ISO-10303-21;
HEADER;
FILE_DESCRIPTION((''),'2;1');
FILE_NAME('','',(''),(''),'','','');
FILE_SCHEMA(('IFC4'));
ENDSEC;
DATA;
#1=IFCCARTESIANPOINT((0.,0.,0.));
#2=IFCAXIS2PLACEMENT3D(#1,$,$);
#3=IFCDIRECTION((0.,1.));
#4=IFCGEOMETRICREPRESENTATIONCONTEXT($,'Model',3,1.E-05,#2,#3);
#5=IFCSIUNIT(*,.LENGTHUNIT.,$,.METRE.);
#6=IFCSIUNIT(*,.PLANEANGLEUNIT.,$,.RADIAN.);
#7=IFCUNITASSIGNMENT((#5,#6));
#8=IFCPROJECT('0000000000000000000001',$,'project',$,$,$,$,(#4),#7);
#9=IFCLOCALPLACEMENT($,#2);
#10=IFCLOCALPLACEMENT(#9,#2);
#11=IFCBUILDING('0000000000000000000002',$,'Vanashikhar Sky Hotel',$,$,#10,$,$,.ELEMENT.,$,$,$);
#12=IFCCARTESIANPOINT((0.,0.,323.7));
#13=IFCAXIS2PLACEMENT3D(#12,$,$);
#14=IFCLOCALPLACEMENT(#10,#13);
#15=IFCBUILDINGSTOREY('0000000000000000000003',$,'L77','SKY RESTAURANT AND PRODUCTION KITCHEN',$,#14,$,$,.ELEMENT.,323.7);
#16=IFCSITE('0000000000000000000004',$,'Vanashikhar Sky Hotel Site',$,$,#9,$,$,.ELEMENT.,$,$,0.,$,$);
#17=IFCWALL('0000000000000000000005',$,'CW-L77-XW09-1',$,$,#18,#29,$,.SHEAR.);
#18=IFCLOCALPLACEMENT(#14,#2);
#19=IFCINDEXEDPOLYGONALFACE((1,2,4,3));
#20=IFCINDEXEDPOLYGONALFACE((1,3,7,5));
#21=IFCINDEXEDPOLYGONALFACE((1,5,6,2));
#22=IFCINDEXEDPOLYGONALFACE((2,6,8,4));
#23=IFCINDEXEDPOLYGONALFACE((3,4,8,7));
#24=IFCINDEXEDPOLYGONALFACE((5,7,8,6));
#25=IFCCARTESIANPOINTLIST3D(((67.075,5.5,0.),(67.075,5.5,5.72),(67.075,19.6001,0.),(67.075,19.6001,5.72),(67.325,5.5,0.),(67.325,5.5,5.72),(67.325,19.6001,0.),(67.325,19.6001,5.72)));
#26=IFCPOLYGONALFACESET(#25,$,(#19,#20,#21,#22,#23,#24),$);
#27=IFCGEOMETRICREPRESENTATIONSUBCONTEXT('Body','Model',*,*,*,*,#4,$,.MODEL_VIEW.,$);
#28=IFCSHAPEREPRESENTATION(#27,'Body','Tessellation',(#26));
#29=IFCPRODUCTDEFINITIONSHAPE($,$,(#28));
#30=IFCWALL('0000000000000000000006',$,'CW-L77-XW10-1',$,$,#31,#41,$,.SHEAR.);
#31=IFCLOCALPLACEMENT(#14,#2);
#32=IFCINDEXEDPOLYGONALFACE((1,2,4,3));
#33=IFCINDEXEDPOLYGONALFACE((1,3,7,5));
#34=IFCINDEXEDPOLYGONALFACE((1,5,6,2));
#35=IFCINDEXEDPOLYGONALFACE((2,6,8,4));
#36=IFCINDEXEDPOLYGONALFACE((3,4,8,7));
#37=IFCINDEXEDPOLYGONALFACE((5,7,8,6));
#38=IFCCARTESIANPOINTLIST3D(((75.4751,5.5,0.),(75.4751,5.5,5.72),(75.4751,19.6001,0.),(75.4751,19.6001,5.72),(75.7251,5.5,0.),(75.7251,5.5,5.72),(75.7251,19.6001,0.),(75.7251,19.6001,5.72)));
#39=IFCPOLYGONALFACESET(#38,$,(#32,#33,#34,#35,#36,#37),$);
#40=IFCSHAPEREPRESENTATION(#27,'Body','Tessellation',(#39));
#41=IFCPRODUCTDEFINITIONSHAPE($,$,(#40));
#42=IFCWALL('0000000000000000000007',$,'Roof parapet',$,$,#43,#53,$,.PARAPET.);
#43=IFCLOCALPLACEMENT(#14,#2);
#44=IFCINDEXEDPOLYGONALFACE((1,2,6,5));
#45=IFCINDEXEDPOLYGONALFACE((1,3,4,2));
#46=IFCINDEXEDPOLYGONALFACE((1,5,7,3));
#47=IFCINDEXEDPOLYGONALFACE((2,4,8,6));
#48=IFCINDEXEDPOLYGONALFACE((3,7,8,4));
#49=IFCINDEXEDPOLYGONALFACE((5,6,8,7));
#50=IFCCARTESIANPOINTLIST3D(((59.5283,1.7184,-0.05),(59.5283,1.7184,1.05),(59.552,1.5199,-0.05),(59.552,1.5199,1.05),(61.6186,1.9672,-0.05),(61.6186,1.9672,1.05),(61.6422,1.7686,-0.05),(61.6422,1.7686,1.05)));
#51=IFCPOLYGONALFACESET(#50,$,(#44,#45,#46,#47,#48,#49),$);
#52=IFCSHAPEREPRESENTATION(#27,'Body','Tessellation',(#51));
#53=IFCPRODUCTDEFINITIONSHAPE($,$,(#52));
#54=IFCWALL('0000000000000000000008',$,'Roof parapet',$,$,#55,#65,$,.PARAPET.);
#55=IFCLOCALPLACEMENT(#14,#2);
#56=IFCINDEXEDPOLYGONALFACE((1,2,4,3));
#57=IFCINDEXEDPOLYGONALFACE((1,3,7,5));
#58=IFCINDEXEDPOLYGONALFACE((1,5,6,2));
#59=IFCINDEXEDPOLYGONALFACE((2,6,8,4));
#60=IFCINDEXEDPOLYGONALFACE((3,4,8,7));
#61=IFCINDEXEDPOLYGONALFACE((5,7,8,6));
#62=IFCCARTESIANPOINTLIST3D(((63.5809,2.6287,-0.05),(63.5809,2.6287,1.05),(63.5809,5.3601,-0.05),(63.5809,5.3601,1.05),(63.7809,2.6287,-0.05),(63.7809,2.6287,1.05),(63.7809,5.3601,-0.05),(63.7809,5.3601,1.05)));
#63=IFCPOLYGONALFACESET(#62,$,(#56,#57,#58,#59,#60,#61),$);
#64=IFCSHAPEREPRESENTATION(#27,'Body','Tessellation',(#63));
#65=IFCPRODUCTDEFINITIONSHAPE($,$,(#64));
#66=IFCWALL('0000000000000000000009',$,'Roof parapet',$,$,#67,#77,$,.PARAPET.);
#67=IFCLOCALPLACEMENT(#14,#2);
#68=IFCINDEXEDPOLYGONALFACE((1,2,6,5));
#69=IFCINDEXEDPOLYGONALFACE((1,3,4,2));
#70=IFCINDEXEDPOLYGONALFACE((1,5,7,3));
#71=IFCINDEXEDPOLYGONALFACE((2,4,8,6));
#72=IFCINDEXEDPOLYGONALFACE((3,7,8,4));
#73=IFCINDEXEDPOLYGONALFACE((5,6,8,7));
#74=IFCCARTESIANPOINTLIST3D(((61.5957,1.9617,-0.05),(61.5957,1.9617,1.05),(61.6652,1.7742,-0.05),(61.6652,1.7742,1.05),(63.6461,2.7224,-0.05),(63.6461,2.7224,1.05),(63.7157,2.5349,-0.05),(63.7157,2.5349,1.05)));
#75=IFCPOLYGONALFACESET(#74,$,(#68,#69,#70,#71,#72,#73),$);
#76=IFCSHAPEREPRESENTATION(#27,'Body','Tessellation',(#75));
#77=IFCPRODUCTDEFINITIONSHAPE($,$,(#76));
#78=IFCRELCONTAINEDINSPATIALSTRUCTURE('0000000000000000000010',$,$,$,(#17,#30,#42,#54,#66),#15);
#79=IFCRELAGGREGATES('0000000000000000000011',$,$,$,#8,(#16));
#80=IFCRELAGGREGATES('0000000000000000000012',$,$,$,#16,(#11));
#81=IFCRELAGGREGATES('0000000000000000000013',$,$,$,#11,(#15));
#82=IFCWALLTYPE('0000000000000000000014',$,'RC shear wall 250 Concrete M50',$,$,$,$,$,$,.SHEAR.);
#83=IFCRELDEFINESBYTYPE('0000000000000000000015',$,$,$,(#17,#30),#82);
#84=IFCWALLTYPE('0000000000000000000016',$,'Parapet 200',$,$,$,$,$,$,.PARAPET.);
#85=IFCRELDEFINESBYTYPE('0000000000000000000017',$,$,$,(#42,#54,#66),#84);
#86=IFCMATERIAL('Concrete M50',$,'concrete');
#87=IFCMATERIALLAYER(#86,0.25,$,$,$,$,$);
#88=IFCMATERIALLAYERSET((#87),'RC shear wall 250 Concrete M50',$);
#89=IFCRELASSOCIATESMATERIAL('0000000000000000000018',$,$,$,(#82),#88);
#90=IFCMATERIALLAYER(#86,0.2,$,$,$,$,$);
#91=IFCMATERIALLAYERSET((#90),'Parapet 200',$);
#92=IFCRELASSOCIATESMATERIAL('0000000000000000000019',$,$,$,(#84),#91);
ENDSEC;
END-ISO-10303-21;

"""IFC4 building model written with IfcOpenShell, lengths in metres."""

from ifc_helpers import new_model, si_unit, direction, frame, frame_2d, origin, place, context, subcontext, project, spatial, rectangle, extrude, source, transform, mapped, material, layer, layer_set, type_object, element, save


model = new_model("IFC4")

# Units and contexts
model_context = context("Model", 3, precision=1e-05, world=origin(), true_north=direction((0.0, 1.0)))
body_context = subcontext(model_context, "Body", "Model", "MODEL_VIEW")
ifc_project = project(units=[si_unit("LENGTHUNIT", "METRE"), si_unit("PLANEANGLEUNIT", "RADIAN")], contexts=[model_context])

# Site, building, storey
site_placement = place(None, origin())
site = spatial("IfcSite", under=ifc_project, at=site_placement, Name="Vanashikhar Sky Hotel Site", CompositionType="ELEMENT", RefElevation=0.0)
building_placement = place(site_placement, origin())
building = spatial("IfcBuilding", under=site, at=building_placement, Name="Vanashikhar Sky Hotel", CompositionType="ELEMENT")
storey_placement = place(building_placement, frame((0.0, 0.0, 323.7)))
storey = spatial("IfcBuildingStorey", under=building, at=storey_placement, Name="L77", Description="SKY RESTAURANT AND PRODUCTION KITCHEN", CompositionType="ELEMENT", Elevation=323.7)

# Shared definitions
ifc_material_1 = material(Name="Concrete M50", Category="concrete")

# Walls
ifc_layer_1 = layer(ifc_material_1, 0.25)
ifc_layer_set_1 = layer_set([ifc_layer_1], Name="RC shear wall 250 Concrete M50")
wall_type_1 = type_object("IfcWallType", Name="RC shear wall 250 Concrete M50", PredefinedType="SHEAR", material=ifc_layer_set_1)
shared_shape_1 = source(origin(), body_context, "Body", "SweptSolid", [
    extrude(rectangle(XDim=14.1001, YDim=0.25, at=frame_2d((7.05, 0.0))), origin(), (0.0, 0.0, 1.0), 5.72),
])
for number, where, z_axis, x_axis, name in (
    (1, (67.2, 5.5, 0.0), (0.0, 0.0, 1.0), (0.0, 1.0, 0.0), "CW-L77-XW09-1"),
    (2, (75.6001, 5.5, 0.0), (0.0, 0.0, 1.0), (0.0, 1.0, 0.0), "CW-L77-XW10-1"),
):
    element("IfcWall", number, at=place(storey_placement, frame(where, z_axis=z_axis, x_axis=x_axis)), inside=storey, type_object=wall_type_1, Name=name, PredefinedType="SHEAR", context=body_context, shape_type="MappedRepresentation", body=[
        mapped(shared_shape_1, transform((0.0, 0.0, 0.0), scale=1.0)),
    ])
ifc_layer_2 = layer(ifc_material_1, 0.2)
ifc_layer_set_2 = layer_set([ifc_layer_2], Name="Parapet 200")
wall_type_2 = type_object("IfcWallType", Name="Parapet 200", PredefinedType="PARAPET", material=ifc_layer_set_2)
shared_shape_2 = source(origin(), body_context, "Body", "SweptSolid", [
    extrude(rectangle(XDim=2.105, YDim=0.2, at=frame_2d((1.0525, 0.0))), origin(), (0.0, 0.0, 1.0), 1.1001),
])
wall_1_placement = place(storey_placement, frame((61.6304, 1.8679, -0.05), z_axis=(0.0, 0.0, 1.0), x_axis=(-0.992992, -0.11818, 0.0)))
element("IfcWall", 3, at=wall_1_placement, inside=storey, type_object=wall_type_2, Name="Roof parapet", PredefinedType="PARAPET", context=body_context, shape_type="MappedRepresentation", body=[
    mapped(shared_shape_2, transform((0.0, 0.0, 0.0), scale=1.0)),
])
shared_shape_3 = source(origin(), body_context, "Body", "SweptSolid", [
    extrude(rectangle(XDim=2.7314, YDim=0.2, at=frame_2d((1.3657, 0.0))), origin(), (0.0, 0.0, 1.0), 1.1001),
])
wall_2_placement = place(storey_placement, frame((63.6809, 5.3601, -0.05), z_axis=(0.0, 0.0, 1.0), x_axis=(0.0, -1.0, 0.0)))
element("IfcWall", 4, at=wall_2_placement, inside=storey, type_object=wall_type_2, Name="Roof parapet", PredefinedType="PARAPET", context=body_context, shape_type="MappedRepresentation", body=[
    mapped(shared_shape_3, transform((0.0, 0.0, 0.0), scale=1.0)),
])
shared_shape_4 = source(origin(), body_context, "Body", "SweptSolid", [
    extrude(rectangle(XDim=2.187, YDim=0.2, at=frame_2d((1.0935, 0.0))), origin(), (0.0, 0.0, 1.0), 1.1001),
])
wall_3_placement = place(storey_placement, frame((63.6809, 2.6287, -0.05), z_axis=(0.0, 0.0, 1.0), x_axis=(-0.937557, -0.347831, 0.0)))
element("IfcWall", 5, at=wall_3_placement, inside=storey, type_object=wall_type_2, Name="Roof parapet", PredefinedType="PARAPET", context=body_context, shape_type="MappedRepresentation", body=[
    mapped(shared_shape_4, transform((0.0, 0.0, 0.0), scale=1.0)),
])

save(model, "model.ifc")
